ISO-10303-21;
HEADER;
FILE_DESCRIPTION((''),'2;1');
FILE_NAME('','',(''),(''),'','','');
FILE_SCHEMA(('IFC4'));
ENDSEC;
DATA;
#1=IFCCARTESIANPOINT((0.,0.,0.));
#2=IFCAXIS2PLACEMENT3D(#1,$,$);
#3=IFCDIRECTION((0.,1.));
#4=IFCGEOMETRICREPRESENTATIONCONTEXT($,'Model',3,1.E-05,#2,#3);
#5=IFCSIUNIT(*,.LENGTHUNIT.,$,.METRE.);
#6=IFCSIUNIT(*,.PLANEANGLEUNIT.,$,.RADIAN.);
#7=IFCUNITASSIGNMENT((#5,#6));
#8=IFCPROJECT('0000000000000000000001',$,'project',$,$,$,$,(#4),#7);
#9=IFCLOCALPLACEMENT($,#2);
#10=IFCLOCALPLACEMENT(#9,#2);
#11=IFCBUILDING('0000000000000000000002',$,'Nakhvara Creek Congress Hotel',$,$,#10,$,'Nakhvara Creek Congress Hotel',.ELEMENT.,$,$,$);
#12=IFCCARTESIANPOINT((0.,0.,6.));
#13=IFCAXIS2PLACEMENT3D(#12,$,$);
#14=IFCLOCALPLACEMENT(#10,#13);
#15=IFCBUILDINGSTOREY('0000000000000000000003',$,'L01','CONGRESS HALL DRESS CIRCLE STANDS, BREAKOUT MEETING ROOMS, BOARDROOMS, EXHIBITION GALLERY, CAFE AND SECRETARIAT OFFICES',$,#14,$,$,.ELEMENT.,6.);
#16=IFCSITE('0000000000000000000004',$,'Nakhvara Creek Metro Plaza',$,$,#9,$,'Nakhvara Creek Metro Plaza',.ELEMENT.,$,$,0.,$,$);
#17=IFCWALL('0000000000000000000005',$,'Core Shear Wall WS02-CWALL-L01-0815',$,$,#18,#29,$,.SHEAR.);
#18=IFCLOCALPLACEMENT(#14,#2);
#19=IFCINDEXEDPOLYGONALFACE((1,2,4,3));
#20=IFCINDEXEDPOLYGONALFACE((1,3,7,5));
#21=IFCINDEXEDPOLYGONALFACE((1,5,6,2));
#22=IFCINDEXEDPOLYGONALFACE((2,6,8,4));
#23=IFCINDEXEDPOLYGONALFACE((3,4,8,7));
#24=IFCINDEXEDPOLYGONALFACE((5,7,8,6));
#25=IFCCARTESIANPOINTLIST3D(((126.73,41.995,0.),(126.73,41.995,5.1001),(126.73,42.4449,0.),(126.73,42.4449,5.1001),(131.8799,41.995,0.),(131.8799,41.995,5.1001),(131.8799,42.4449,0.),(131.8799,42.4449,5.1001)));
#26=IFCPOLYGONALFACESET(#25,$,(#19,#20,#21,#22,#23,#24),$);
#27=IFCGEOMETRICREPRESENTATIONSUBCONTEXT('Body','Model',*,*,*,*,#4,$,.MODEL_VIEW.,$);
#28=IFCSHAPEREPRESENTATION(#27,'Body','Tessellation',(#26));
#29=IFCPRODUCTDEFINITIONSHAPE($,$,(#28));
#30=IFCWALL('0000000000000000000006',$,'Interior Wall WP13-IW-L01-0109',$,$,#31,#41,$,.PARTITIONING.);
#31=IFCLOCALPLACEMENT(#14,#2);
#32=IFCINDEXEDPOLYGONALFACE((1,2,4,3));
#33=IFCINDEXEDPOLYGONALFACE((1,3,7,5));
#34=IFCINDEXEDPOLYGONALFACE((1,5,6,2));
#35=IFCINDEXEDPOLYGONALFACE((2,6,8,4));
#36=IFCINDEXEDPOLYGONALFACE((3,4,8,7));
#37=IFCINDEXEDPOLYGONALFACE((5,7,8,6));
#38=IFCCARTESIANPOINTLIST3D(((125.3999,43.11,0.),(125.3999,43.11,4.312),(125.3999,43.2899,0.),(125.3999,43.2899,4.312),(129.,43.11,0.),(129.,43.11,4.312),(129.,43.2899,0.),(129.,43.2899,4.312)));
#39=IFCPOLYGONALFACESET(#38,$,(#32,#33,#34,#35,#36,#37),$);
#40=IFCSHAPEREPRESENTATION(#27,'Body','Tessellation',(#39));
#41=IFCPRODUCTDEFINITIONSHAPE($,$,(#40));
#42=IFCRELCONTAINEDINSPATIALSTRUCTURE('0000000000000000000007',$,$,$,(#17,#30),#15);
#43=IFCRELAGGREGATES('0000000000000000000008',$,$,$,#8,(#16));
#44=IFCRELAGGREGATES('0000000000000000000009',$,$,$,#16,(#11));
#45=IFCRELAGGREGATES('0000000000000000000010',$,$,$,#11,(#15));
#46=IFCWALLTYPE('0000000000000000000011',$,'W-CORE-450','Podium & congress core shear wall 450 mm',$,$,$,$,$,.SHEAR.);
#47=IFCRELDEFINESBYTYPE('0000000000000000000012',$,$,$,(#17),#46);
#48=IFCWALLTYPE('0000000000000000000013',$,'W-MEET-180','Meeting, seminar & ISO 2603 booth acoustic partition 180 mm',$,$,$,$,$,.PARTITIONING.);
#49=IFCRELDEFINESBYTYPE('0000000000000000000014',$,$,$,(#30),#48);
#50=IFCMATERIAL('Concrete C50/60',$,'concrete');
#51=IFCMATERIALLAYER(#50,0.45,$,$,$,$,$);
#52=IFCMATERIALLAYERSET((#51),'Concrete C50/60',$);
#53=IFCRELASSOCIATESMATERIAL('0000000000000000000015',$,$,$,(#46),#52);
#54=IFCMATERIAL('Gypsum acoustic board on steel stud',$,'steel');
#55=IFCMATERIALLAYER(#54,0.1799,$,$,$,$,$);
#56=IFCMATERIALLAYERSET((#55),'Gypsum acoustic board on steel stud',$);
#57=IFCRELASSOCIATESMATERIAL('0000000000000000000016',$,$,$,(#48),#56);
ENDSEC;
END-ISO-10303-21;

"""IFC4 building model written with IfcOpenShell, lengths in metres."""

from ifc_helpers import new_model, si_unit, direction, frame, frame_2d, origin, place, context, subcontext, project, spatial, rectangle, extrude, material, layer, layer_set, type_object, element, save


model = new_model("IFC4")

# Units and contexts
model_context = context("Model", 3, precision=1e-05, world=origin(), true_north=direction((0.0, 1.0)))
body_context = subcontext(model_context, "Body", "Model", "MODEL_VIEW")
ifc_project = project(units=[si_unit("LENGTHUNIT", "METRE"), si_unit("PLANEANGLEUNIT", "RADIAN")], contexts=[model_context])

# Site, building, storey
site_placement = place(None, origin())
site = spatial("IfcSite", under=ifc_project, at=site_placement, Name="Nakhvara Creek Metro Plaza", LongName="Nakhvara Creek Metro Plaza", CompositionType="ELEMENT", RefElevation=0.0)
building_placement = place(site_placement, origin())
building = spatial("IfcBuilding", under=site, at=building_placement, Name="Nakhvara Creek Congress Hotel", LongName="Nakhvara Creek Congress Hotel", CompositionType="ELEMENT")
storey_placement = place(building_placement, frame((0.0, 0.0, 6.0)))
storey = spatial("IfcBuildingStorey", under=building, at=storey_placement, Name="L01", Description="CONGRESS HALL DRESS CIRCLE STANDS, BREAKOUT MEETING ROOMS, BOARDROOMS, EXHIBITION GALLERY, CAFE AND SECRETARIAT OFFICES", CompositionType="ELEMENT", Elevation=6.0)

# Shared definitions
ifc_material_1 = material(Name="Concrete C50/60", Category="concrete")

# Walls
ifc_layer_1 = layer(ifc_material_1, 0.45)
ifc_layer_set_1 = layer_set([ifc_layer_1], Name="Concrete C50/60")
wall_type_1 = type_object("IfcWallType", Name="W-CORE-450", Description="Podium & congress core shear wall 450 mm", PredefinedType="SHEAR", material=ifc_layer_set_1)
wall_1_placement = place(storey_placement, frame((126.73, 42.22, 0.0), z_axis=(0.0, 0.0, 1.0), x_axis=(1.0, 0.0, 0.0)))
element("IfcWall", 1, at=wall_1_placement, inside=storey, type_object=wall_type_1, Name="Core Shear Wall WS02-CWALL-L01-0815", PredefinedType="SHEAR", context=body_context, shape_type="SweptSolid", body=[
    extrude(rectangle(XDim=5.1499, YDim=0.45, at=frame_2d((2.575, 0.0))), origin(), (0.0, 0.0, 1.0), 5.1001),
])
ifc_material_2 = material(Name="Gypsum acoustic board on steel stud", Category="steel")
ifc_layer_2 = layer(ifc_material_2, 0.1799)
ifc_layer_set_2 = layer_set([ifc_layer_2], Name="Gypsum acoustic board on steel stud")
wall_type_2 = type_object("IfcWallType", Name="W-MEET-180", Description="Meeting, seminar & ISO 2603 booth acoustic partition 180 mm", PredefinedType="PARTITIONING", material=ifc_layer_set_2)
wall_2_placement = place(storey_placement, frame((125.3999, 43.2, 0.0), z_axis=(0.0, 0.0, 1.0), x_axis=(1.0, 0.0, 0.0)))
element("IfcWall", 2, at=wall_2_placement, inside=storey, type_object=wall_type_2, Name="Interior Wall WP13-IW-L01-0109", PredefinedType="PARTITIONING", context=body_context, shape_type="SweptSolid", body=[
    extrude(rectangle(XDim=3.6001, YDim=0.1799, at=frame_2d((1.8, 0.0))), origin(), (0.0, 0.0, 1.0), 4.312),
])

save(model, "model.ifc")
